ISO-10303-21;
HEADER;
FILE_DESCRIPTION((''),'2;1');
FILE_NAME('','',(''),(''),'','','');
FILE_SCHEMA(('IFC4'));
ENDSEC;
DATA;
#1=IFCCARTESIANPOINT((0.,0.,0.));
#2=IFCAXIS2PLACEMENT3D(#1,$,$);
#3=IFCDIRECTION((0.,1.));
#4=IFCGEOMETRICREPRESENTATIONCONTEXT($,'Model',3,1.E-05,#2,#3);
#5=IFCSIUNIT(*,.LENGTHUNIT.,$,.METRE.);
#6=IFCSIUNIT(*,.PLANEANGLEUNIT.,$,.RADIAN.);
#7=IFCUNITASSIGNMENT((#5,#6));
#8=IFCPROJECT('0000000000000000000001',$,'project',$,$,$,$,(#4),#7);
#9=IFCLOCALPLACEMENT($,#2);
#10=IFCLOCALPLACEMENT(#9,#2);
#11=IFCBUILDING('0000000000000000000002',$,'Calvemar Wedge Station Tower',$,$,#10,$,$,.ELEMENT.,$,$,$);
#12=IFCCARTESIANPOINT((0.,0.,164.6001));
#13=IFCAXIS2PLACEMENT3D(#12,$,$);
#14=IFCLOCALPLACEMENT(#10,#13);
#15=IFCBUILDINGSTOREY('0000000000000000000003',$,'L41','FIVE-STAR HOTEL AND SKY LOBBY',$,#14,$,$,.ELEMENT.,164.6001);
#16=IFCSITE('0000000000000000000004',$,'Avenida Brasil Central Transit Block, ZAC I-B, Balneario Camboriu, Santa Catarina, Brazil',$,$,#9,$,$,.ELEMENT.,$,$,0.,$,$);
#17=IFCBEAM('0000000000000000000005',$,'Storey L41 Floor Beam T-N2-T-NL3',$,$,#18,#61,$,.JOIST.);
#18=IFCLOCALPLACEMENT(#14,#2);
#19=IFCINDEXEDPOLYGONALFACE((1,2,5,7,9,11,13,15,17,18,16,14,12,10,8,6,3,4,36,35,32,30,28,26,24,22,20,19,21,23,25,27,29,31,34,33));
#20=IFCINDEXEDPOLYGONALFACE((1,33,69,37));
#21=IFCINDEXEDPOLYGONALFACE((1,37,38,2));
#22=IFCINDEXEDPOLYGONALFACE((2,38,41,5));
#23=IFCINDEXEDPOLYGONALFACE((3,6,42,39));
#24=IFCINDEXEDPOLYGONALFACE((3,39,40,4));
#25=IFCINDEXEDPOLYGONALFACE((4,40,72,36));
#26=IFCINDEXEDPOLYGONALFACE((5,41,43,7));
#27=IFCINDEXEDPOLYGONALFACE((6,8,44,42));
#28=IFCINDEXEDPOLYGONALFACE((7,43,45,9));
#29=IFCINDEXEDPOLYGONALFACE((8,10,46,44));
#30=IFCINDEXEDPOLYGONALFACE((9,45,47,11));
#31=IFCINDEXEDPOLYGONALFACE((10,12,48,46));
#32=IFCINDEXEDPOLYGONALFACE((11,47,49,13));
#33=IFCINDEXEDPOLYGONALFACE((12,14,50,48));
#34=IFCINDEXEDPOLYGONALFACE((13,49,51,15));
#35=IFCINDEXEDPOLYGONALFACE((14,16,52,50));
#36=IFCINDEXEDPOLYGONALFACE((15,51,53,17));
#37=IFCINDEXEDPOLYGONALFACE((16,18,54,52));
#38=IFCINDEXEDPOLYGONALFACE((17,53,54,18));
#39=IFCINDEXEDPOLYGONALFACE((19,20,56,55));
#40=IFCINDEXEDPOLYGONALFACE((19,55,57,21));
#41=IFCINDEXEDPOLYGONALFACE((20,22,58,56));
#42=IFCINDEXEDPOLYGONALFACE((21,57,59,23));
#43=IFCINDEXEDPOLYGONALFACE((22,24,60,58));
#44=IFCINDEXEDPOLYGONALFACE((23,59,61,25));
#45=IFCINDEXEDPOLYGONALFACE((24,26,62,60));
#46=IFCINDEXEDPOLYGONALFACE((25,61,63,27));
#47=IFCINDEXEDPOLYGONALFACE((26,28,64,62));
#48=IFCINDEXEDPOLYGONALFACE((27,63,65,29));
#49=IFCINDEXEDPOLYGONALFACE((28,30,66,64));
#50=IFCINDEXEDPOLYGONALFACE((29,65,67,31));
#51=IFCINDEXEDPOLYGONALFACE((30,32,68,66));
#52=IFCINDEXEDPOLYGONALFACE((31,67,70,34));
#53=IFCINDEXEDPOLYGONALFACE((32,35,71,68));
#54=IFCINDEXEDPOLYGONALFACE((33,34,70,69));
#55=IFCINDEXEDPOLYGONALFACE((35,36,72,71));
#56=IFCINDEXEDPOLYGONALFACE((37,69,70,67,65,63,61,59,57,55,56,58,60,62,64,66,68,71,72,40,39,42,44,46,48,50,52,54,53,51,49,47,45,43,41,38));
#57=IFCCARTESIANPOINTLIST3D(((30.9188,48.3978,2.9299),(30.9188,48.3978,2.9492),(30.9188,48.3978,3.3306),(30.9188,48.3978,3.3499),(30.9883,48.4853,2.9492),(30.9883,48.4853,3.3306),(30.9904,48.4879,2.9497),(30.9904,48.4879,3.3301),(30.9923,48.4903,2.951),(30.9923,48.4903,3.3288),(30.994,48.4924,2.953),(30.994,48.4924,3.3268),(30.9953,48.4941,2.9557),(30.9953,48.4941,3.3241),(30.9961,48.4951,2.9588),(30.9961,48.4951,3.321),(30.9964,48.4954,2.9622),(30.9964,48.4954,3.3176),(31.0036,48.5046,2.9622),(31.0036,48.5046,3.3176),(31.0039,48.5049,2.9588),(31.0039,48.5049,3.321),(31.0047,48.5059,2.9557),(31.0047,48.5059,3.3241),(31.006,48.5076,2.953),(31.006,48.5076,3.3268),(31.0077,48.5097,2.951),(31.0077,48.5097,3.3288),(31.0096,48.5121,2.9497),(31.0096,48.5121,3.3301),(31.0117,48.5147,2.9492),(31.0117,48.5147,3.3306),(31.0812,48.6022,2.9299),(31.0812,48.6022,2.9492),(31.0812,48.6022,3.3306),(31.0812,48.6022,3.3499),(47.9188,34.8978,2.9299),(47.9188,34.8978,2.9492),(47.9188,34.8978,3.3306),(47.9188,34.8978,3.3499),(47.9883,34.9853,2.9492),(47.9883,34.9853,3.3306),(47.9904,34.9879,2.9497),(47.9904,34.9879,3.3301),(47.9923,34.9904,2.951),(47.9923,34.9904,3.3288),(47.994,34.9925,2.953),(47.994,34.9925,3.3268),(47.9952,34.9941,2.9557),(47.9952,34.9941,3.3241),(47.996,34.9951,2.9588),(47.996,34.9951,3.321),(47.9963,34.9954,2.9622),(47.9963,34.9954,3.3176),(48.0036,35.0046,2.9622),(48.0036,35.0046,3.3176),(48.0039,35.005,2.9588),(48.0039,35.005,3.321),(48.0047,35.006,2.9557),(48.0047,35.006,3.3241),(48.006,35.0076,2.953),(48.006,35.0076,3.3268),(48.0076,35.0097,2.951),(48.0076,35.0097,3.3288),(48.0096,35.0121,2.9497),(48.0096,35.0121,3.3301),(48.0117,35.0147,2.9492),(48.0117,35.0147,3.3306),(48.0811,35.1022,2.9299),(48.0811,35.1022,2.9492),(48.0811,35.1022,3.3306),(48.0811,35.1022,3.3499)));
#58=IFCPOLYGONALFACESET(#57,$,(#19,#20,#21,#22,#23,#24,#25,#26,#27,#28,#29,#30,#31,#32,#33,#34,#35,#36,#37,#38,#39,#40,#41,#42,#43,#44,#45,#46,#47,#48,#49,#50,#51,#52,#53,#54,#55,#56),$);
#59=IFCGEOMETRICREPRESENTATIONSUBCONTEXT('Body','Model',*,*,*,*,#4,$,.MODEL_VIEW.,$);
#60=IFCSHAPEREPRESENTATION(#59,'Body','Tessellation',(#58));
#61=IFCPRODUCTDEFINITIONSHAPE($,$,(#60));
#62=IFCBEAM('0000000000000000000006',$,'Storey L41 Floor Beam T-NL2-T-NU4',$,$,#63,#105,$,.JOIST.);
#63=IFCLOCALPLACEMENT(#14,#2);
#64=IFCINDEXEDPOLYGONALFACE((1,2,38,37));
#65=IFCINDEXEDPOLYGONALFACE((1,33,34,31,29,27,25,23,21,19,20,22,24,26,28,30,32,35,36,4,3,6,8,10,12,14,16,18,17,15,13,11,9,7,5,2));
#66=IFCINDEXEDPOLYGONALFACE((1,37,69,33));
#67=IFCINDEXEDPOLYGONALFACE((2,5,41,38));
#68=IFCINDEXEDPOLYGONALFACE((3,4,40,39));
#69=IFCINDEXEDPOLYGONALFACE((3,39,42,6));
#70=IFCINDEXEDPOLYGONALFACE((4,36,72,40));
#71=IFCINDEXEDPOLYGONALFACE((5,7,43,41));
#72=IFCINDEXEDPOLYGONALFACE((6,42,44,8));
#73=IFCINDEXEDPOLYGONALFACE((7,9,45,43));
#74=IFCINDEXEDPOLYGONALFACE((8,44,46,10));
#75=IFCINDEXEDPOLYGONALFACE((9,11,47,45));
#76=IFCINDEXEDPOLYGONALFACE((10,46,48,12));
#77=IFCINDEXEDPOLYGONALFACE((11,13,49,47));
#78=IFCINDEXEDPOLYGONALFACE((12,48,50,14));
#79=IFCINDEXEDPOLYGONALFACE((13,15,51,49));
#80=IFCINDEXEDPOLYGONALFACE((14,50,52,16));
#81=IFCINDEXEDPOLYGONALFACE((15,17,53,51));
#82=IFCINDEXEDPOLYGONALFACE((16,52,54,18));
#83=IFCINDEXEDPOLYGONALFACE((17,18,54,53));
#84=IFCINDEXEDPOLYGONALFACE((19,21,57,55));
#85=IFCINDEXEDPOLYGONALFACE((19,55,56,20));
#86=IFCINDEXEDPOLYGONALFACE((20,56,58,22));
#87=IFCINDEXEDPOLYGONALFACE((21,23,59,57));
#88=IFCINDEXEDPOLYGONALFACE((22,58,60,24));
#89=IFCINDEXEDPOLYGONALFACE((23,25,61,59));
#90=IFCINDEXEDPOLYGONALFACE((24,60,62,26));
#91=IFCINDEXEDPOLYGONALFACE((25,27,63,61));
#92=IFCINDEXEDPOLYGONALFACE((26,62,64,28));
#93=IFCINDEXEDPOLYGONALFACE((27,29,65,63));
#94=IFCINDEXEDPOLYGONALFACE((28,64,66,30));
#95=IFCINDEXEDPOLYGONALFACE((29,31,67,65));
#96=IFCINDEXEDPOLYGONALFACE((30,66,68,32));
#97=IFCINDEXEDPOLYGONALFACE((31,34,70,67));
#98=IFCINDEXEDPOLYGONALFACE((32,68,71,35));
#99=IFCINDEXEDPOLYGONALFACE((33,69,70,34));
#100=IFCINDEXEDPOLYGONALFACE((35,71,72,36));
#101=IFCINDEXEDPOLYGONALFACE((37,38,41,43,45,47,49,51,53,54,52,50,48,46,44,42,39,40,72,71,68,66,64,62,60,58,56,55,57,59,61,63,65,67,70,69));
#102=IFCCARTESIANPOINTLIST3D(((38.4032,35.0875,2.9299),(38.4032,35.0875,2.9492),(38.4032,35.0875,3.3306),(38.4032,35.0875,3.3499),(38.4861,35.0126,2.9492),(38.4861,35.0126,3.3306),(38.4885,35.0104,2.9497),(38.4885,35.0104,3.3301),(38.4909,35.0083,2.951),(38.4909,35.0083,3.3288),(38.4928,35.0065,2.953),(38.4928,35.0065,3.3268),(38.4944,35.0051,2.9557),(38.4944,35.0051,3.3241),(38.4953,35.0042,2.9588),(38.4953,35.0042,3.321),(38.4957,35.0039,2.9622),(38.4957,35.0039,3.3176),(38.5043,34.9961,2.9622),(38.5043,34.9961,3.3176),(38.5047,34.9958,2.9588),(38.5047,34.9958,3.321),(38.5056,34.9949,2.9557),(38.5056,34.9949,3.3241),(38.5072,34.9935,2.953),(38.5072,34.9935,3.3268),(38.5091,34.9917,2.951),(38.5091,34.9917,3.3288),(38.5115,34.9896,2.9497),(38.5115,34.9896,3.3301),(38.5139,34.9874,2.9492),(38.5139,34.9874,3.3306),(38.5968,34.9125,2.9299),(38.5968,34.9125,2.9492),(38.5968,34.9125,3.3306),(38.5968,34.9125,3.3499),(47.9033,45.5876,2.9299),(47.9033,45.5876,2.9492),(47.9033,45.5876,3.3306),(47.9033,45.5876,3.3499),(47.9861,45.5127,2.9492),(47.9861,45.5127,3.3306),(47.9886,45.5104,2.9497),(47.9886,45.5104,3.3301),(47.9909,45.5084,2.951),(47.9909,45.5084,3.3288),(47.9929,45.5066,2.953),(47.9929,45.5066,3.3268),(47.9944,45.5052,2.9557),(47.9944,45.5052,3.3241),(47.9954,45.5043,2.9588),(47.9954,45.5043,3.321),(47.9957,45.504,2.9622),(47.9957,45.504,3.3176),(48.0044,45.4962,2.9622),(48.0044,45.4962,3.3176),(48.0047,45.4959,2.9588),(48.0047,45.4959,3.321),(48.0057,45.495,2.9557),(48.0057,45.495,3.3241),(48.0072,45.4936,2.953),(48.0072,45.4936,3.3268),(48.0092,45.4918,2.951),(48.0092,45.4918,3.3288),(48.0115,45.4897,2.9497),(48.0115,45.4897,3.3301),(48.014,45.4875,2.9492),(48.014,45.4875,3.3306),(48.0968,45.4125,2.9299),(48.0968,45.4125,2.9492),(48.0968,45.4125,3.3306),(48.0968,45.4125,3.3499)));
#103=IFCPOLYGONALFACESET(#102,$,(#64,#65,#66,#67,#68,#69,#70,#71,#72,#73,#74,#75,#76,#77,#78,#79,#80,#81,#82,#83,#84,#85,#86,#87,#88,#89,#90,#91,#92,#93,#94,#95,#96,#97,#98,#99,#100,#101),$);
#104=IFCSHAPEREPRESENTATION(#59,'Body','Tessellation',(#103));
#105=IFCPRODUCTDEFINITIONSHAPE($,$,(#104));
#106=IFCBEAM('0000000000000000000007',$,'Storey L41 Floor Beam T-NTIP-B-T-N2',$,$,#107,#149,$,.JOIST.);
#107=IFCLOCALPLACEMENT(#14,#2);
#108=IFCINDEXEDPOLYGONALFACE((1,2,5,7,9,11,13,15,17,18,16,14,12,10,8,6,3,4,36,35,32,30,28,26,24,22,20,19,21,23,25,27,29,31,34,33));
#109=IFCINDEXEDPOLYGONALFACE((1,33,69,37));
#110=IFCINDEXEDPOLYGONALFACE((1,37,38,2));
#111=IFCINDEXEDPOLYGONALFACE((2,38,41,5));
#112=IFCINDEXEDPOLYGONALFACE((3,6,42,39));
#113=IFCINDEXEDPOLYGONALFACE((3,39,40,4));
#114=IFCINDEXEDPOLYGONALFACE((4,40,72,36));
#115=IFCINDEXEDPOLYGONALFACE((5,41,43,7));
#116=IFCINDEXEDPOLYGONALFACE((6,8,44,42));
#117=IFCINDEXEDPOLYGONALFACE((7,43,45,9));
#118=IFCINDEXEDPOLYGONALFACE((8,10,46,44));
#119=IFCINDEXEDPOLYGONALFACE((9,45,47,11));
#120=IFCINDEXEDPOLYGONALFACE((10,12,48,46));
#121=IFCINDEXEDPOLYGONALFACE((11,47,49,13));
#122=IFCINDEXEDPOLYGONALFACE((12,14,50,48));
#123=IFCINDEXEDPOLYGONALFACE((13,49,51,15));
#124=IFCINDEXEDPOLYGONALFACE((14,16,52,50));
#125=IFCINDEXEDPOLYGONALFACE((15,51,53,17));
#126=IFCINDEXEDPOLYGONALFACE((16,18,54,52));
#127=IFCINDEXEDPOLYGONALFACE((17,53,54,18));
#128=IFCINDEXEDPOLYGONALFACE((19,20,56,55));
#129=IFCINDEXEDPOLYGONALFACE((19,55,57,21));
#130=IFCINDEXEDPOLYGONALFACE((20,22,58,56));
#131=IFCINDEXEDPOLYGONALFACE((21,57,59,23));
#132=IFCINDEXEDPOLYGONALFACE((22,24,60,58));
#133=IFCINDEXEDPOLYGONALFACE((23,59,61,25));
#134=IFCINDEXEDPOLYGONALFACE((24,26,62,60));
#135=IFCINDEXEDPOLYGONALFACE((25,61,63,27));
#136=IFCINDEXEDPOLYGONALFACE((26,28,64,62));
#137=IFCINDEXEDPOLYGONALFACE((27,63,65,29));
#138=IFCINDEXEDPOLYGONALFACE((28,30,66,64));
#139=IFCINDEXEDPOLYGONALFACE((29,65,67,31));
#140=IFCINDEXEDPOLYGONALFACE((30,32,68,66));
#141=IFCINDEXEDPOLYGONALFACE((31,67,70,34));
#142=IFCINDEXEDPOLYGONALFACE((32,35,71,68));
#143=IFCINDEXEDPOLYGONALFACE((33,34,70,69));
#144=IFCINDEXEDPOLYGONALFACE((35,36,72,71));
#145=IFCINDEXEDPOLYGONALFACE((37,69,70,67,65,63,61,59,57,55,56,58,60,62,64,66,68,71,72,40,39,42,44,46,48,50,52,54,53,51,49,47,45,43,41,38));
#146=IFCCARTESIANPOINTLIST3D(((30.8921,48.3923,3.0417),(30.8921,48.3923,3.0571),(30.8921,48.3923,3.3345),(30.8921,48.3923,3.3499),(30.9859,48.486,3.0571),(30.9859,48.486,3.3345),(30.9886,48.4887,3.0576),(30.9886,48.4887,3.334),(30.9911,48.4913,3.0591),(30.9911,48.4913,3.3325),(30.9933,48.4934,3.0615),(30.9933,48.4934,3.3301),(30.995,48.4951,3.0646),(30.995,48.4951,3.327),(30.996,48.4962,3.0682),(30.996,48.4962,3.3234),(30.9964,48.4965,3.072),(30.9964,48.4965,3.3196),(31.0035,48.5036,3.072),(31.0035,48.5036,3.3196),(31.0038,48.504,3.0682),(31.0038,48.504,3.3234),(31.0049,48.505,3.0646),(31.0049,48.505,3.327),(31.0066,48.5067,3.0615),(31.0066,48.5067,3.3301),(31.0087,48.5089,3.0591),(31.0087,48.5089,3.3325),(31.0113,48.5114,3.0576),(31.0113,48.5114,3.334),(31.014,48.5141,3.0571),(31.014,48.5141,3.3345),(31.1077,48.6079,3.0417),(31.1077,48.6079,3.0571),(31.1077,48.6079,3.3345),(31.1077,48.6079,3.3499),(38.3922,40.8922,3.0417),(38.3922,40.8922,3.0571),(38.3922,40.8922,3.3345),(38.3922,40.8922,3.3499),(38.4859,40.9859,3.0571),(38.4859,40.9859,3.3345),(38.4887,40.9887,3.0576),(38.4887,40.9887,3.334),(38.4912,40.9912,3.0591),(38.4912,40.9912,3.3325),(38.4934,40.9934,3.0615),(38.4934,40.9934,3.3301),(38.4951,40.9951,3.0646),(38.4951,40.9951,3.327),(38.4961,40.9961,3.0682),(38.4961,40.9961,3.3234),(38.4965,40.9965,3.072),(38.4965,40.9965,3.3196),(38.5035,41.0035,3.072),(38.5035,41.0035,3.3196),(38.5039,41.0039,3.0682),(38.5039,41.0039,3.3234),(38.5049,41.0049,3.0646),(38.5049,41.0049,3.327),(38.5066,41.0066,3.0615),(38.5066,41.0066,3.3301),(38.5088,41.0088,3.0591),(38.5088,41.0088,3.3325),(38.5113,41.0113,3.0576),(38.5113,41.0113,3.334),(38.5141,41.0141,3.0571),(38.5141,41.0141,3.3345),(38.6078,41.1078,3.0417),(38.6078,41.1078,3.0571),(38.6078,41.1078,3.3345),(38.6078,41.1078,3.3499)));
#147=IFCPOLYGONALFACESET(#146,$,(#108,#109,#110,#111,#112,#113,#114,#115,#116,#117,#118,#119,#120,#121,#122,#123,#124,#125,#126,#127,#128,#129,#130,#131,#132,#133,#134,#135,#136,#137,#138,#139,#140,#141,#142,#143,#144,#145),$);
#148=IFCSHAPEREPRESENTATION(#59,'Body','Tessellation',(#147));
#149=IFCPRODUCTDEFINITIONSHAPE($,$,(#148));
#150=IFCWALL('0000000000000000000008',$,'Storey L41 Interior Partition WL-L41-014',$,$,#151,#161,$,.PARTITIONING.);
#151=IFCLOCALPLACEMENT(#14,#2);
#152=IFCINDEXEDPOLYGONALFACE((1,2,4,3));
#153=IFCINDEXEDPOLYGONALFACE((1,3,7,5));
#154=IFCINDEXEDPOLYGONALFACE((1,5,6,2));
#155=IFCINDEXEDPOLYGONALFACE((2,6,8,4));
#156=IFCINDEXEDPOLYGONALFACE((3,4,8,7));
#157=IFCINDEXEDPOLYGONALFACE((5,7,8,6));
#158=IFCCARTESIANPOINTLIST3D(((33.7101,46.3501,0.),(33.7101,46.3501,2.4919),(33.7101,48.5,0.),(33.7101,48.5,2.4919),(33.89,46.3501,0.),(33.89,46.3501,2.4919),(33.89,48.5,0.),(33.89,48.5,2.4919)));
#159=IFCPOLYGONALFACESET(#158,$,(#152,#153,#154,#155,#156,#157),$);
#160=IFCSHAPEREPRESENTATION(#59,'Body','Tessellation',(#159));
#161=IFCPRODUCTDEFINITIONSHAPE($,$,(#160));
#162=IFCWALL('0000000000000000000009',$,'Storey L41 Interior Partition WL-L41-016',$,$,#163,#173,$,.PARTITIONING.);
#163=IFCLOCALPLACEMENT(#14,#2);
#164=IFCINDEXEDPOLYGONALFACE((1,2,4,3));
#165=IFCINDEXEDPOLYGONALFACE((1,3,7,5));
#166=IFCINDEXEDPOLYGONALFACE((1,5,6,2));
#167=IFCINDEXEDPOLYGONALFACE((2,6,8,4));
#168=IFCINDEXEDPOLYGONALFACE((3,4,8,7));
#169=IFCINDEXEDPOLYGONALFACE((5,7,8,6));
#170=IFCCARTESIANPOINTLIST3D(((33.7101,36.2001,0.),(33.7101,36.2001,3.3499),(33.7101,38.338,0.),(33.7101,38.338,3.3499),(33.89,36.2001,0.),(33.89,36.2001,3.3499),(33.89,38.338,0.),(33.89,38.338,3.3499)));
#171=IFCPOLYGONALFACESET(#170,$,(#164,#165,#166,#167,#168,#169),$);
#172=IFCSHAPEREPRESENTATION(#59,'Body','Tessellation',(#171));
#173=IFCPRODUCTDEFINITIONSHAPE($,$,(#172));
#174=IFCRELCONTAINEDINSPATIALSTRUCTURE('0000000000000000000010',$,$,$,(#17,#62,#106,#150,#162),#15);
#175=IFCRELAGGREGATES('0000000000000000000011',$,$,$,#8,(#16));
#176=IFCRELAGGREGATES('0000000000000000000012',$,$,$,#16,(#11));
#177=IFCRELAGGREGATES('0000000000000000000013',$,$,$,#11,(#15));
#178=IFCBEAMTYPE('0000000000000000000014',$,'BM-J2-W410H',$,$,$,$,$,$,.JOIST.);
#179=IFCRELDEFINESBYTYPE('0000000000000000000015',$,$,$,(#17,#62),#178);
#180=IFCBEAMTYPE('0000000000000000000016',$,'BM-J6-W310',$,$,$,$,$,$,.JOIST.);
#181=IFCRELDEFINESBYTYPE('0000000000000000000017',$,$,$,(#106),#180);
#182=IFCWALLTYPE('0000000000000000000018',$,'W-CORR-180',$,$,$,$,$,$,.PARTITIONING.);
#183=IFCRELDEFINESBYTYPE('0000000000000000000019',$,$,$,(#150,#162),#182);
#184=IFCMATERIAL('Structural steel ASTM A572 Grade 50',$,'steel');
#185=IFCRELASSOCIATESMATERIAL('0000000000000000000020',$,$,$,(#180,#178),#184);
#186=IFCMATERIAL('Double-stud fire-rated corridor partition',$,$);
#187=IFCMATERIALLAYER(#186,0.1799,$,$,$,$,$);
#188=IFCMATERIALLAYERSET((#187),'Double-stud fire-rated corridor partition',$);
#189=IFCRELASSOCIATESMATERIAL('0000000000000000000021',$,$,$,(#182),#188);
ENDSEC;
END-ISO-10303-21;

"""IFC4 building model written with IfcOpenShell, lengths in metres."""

from ifc_helpers import new_model, si_unit, direction, frame, frame_2d, origin, origin_2d, place, context, subcontext, project, spatial, rectangle, i_section, extrude, source, transform, mapped, material, layer, layer_set, material_profile, profile_set, type_object, element, save


model = new_model("IFC4")

# Units and contexts
model_context = context("Model", 3, precision=1e-05, world=origin(), true_north=direction((0.0, 1.0)))
body_context = subcontext(model_context, "Body", "Model", "MODEL_VIEW")
ifc_project = project(units=[si_unit("LENGTHUNIT", "METRE"), si_unit("PLANEANGLEUNIT", "RADIAN")], contexts=[model_context])

# Site, building, storey
site_placement = place(None, origin())
site = spatial("IfcSite", under=ifc_project, at=site_placement, Name="Avenida Brasil Central Transit Block, ZAC I-B, Balneario Camboriu, Santa Catarina, Brazil", CompositionType="ELEMENT", RefElevation=0.0)
building_placement = place(site_placement, origin())
building = spatial("IfcBuilding", under=site, at=building_placement, Name="Calvemar Wedge Station Tower", CompositionType="ELEMENT")
storey_placement = place(building_placement, frame((0.0, 0.0, 164.6001)))
storey = spatial("IfcBuildingStorey", under=building, at=storey_placement, Name="L41", Description="FIVE-STAR HOTEL AND SKY LOBBY", CompositionType="ELEMENT", Elevation=164.6001)

# Shared definitions
ifc_material_1 = material(Name="Structural steel ASTM A572 Grade 50", Category="steel")

# Beams
ifc_material_profile_1 = material_profile(ifc_material_1, i_section(OverallWidth=0.3049, OverallDepth=0.3081, WebThickness=0.01, FlangeThickness=0.0154, FilletRadius=0.0149, at=origin_2d()), Name="W310x97")
ifc_profile_set_1 = profile_set([ifc_material_profile_1], Name="Structural steel ASTM A572 Grade 50")
beam_type_1 = type_object("IfcBeamType", Name="BM-J6-W310", PredefinedType="JOIST", material=ifc_profile_set_1)
ifc_material_profile_2 = material_profile(ifc_material_1, i_section(OverallWidth=0.261, OverallDepth=0.4199, WebThickness=0.0117, FlangeThickness=0.0193, FilletRadius=0.0129, at=origin_2d()), Name="W410x114")
ifc_profile_set_2 = profile_set([ifc_material_profile_2], Name="Structural steel ASTM A572 Grade 50")
beam_type_2 = type_object("IfcBeamType", Name="BM-J2-W410H", PredefinedType="JOIST", material=ifc_profile_set_2)
shared_shape_1 = source(origin(), body_context, "Body", "SweptSolid", [
    extrude(i_section(OverallWidth=0.261, OverallDepth=0.4199, WebThickness=0.0117, FlangeThickness=0.0193, FilletRadius=0.0129, at=origin_2d()), origin(), (0.0, 0.0, 1.0), 21.7083),
])
beam_1_placement = place(storey_placement, frame((31.0, 48.5, 3.1399), z_axis=(0.783111, -0.621882, 0.0), x_axis=(0.621882, 0.783111, 0.0)))
element("IfcBeam", 1, at=beam_1_placement, inside=storey, type_object=beam_type_2, Name="Storey L41 Floor Beam T-N2-T-NL3", PredefinedType="JOIST", context=body_context, shape_type="MappedRepresentation", body=[
    mapped(shared_shape_1, transform((0.0, 0.0, 0.0), scale=1.0)),
])
shared_shape_2 = source(origin(), body_context, "Body", "SweptSolid", [
    extrude(i_section(OverallWidth=0.261, OverallDepth=0.4199, WebThickness=0.0117, FlangeThickness=0.0193, FilletRadius=0.0129, at=origin_2d()), origin(), (0.0, 0.0, 1.0), 14.1599),
])
beam_2_placement = place(storey_placement, frame((38.5, 35.0, 3.1399), z_axis=(0.670913, 0.741536, 0.0), x_axis=(-0.741536, 0.670913, 0.0)))
element("IfcBeam", 2, at=beam_2_placement, inside=storey, type_object=beam_type_2, Name="Storey L41 Floor Beam T-NL2-T-NU4", PredefinedType="JOIST", context=body_context, shape_type="MappedRepresentation", body=[
    mapped(shared_shape_2, transform((0.0, 0.0, 0.0), scale=1.0)),
])
shared_shape_3 = source(origin(), body_context, "Body", "SweptSolid", [
    extrude(i_section(OverallWidth=0.3049, OverallDepth=0.3081, WebThickness=0.01, FlangeThickness=0.0154, FilletRadius=0.0149, at=origin_2d()), origin(), (0.0, 0.0, 1.0), 10.6067),
])
beam_3_placement = place(storey_placement, frame((38.5, 41.0, 3.1958), z_axis=(-0.707107, 0.707107, 0.0), x_axis=(-0.707107, -0.707107, 0.0)))
element("IfcBeam", 3, at=beam_3_placement, inside=storey, type_object=beam_type_1, Name="Storey L41 Floor Beam T-NTIP-B-T-N2", PredefinedType="JOIST", context=body_context, shape_type="MappedRepresentation", body=[
    mapped(shared_shape_3, transform((0.0, 0.0, 0.0), scale=1.0)),
])

# Wall
ifc_material_2 = material(Name="Double-stud fire-rated corridor partition")
ifc_layer_1 = layer(ifc_material_2, 0.1799)
ifc_layer_set_1 = layer_set([ifc_layer_1], Name="Double-stud fire-rated corridor partition")
wall_type_1 = type_object("IfcWallType", Name="W-CORR-180", PredefinedType="PARTITIONING", material=ifc_layer_set_1)
wall_1_placement = place(storey_placement, frame((33.8, 48.5, 0.0), z_axis=(0.0, 0.0, 1.0), x_axis=(0.0, -1.0, 0.0)))
element("IfcWall", 4, at=wall_1_placement, inside=storey, type_object=wall_type_1, Name="Storey L41 Interior Partition WL-L41-014", PredefinedType="PARTITIONING", context=body_context, shape_type="SweptSolid", body=[
    extrude(rectangle(XDim=2.1499, YDim=0.1799, at=frame_2d((1.075, 0.0))), origin(), (0.0, 0.0, 1.0), 2.4919),
])

# Wall
wall_2_placement = place(storey_placement, frame((33.8, 38.3379, 0.0), z_axis=(0.0, 0.0, 1.0), x_axis=(0.0, -1.0, 0.0)))
element("IfcWall", 5, at=wall_2_placement, inside=storey, type_object=wall_type_1, Name="Storey L41 Interior Partition WL-L41-016", PredefinedType="PARTITIONING", context=body_context, shape_type="SweptSolid", body=[
    extrude(rectangle(XDim=2.1379, YDim=0.1799, at=frame_2d((1.0688, 0.0))), origin(), (0.0, 0.0, 1.0), 3.3499),
])

save(model, "model.ifc")
